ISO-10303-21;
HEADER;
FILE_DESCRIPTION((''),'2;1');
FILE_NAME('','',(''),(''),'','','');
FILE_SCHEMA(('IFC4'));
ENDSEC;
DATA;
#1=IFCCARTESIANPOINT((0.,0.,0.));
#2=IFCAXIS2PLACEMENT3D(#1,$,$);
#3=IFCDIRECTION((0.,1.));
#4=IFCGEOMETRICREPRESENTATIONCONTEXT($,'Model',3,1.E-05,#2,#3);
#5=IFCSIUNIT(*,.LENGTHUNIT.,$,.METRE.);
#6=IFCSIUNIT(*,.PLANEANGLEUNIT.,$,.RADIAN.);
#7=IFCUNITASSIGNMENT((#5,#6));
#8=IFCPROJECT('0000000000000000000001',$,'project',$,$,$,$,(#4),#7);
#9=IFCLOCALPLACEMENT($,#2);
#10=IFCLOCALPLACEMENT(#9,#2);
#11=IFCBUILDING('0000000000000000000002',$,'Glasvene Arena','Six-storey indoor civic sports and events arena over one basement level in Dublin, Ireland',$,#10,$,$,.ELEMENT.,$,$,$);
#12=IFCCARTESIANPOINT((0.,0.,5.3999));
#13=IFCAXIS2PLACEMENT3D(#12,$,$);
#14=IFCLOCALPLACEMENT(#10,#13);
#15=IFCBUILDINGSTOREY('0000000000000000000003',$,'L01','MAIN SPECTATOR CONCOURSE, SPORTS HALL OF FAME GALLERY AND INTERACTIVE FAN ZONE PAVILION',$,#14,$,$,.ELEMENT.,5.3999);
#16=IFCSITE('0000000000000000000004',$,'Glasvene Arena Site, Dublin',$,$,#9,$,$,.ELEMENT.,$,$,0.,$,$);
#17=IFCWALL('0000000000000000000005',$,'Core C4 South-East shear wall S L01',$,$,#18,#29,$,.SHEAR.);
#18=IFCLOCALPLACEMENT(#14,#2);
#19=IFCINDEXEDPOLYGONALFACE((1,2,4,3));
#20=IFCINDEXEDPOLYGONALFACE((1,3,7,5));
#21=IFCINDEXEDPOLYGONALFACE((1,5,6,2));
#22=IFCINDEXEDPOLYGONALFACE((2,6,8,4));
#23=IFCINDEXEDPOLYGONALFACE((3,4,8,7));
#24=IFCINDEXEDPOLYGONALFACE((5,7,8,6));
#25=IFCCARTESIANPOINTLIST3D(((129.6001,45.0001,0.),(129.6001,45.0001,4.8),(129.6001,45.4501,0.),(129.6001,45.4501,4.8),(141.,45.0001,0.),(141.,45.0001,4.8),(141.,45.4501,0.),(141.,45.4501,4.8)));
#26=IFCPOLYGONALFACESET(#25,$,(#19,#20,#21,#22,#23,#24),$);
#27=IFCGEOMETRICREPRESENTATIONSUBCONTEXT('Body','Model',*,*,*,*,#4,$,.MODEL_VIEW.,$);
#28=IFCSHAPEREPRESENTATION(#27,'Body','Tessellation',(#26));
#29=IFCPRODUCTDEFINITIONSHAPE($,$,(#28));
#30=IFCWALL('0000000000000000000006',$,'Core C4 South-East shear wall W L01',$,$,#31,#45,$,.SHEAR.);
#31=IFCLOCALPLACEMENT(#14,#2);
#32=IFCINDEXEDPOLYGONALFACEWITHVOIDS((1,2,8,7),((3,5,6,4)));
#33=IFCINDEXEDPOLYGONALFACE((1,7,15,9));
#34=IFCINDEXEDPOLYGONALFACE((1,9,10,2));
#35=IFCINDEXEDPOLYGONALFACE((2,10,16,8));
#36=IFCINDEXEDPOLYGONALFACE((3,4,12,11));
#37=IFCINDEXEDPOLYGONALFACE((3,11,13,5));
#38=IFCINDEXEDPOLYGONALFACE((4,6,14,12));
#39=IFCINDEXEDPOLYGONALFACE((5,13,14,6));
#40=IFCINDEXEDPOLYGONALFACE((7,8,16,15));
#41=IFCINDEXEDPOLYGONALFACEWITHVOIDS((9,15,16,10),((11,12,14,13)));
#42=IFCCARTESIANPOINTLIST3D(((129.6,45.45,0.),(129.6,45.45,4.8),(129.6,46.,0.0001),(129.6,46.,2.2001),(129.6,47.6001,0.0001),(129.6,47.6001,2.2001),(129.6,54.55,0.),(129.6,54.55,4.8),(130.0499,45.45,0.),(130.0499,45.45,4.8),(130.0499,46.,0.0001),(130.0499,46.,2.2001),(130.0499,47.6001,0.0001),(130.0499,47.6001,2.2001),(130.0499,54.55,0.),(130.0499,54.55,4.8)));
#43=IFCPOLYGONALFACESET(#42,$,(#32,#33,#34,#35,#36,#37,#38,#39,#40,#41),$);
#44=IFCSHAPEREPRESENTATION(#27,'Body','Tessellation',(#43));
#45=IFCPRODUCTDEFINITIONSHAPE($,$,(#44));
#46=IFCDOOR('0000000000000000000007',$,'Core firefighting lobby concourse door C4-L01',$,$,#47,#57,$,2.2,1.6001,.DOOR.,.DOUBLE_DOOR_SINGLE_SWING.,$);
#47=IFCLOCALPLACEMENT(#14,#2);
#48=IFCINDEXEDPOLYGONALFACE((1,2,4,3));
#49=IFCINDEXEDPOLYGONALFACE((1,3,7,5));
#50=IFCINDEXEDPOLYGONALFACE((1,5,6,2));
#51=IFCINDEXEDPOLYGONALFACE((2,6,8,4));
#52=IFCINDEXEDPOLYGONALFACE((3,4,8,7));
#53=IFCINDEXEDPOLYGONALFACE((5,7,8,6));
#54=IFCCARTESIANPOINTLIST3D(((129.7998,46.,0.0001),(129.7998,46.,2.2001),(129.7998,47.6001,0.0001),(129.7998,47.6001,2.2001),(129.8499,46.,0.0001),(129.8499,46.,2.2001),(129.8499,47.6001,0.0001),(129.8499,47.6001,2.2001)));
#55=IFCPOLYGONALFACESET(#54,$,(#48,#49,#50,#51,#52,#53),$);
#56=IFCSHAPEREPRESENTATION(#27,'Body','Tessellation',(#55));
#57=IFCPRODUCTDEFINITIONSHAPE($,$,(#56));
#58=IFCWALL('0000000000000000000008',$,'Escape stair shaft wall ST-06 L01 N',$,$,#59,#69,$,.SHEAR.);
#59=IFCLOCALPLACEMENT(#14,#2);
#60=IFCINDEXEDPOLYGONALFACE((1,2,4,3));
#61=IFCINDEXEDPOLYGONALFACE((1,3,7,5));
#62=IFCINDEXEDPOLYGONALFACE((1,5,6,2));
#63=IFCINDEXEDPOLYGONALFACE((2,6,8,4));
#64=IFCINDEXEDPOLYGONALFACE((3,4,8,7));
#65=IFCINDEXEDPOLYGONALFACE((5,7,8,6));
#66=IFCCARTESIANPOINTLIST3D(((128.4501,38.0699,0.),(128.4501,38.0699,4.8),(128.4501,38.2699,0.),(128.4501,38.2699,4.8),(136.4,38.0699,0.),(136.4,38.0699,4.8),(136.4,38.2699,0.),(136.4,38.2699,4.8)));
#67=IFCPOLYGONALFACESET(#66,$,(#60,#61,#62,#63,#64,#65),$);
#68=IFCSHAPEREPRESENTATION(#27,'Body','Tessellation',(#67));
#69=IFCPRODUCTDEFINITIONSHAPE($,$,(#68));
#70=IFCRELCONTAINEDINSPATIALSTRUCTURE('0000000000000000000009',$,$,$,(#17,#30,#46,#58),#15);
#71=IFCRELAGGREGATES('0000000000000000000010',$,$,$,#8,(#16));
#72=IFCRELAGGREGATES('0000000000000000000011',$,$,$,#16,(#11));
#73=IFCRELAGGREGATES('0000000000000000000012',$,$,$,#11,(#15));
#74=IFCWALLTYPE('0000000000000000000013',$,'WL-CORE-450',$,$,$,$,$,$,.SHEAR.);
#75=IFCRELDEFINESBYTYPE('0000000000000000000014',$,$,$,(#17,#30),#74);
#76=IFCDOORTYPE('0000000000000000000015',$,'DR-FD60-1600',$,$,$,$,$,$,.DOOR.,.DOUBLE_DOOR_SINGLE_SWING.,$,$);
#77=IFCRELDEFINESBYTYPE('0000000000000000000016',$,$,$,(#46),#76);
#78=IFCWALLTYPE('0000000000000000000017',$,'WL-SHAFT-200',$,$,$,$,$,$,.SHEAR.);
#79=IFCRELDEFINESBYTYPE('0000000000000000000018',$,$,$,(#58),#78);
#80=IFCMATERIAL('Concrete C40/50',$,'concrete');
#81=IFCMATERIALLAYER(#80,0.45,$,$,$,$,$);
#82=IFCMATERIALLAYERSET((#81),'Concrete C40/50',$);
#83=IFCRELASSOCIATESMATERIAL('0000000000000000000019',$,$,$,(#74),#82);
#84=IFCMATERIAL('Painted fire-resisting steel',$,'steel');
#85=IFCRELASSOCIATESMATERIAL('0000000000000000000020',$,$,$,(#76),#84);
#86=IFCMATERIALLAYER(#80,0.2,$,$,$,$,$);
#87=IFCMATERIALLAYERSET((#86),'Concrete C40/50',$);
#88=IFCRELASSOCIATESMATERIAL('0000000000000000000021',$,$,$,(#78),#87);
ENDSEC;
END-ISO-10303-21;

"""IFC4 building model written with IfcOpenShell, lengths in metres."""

from ifc_helpers import new_model, si_unit, direction, frame, frame_2d, origin, place, context, subcontext, project, spatial, rectangle, extrude, material, layer, layer_set, type_object, element, fill, save


model = new_model("IFC4")

# Units and contexts
model_context = context("Model", 3, precision=1e-05, world=origin(), true_north=direction((0.0, 1.0)))
body_context = subcontext(model_context, "Body", "Model", "MODEL_VIEW")
ifc_project = project(units=[si_unit("LENGTHUNIT", "METRE"), si_unit("PLANEANGLEUNIT", "RADIAN")], contexts=[model_context])

# Site, building, storey
site_placement = place(None, origin())
site = spatial("IfcSite", under=ifc_project, at=site_placement, Name="Glasvene Arena Site, Dublin", CompositionType="ELEMENT", RefElevation=0.0)
building_placement = place(site_placement, origin())
building = spatial("IfcBuilding", under=site, at=building_placement, Name="Glasvene Arena", Description="Six-storey indoor civic sports and events arena over one basement level in Dublin, Ireland", CompositionType="ELEMENT")
storey_placement = place(building_placement, frame((0.0, 0.0, 5.3999)))
storey = spatial("IfcBuildingStorey", under=building, at=storey_placement, Name="L01", Description="MAIN SPECTATOR CONCOURSE, SPORTS HALL OF FAME GALLERY AND INTERACTIVE FAN ZONE PAVILION", CompositionType="ELEMENT", Elevation=5.3999)

# Shared definitions
ifc_material_1 = material(Name="Concrete C40/50", Category="concrete")

# Wall
ifc_layer_1 = layer(ifc_material_1, 0.45)
ifc_layer_set_1 = layer_set([ifc_layer_1], Name="Concrete C40/50")
wall_type_1 = type_object("IfcWallType", Name="WL-CORE-450", PredefinedType="SHEAR", material=ifc_layer_set_1)
wall_1_placement = place(storey_placement, frame((129.6001, 45.2251, 0.0), z_axis=(0.0, 0.0, 1.0), x_axis=(1.0, 0.0, 0.0)))
element("IfcWall", 1, at=wall_1_placement, inside=storey, type_object=wall_type_1, Name="Core C4 South-East shear wall S L01", PredefinedType="SHEAR", context=body_context, shape_type="SweptSolid", body=[
    extrude(rectangle(XDim=11.3999, YDim=0.45, at=frame_2d((5.7, 0.0))), origin(), (0.0, 0.0, 1.0), 4.8),
])

# Wall, opening, door
wall_2_placement = place(storey_placement, frame((129.825, 45.45, 0.0), z_axis=(0.0, 0.0, 1.0), x_axis=(0.0, 1.0, 0.0)))
wall_2 = element("IfcWall", 2, at=wall_2_placement, inside=storey, type_object=wall_type_1, Name="Core C4 South-East shear wall W L01", PredefinedType="SHEAR", context=body_context, shape_type="SweptSolid", body=[
    extrude(rectangle(XDim=9.1001, YDim=0.45, at=frame_2d((4.55, 0.0))), origin(), (0.0, 0.0, 1.0), 4.8),
])
opening_placement = place(wall_2_placement, frame((0.55, 0.0, 0.0)))
opening = element("IfcOpeningElement", 3, at=opening_placement, cuts=wall_2, PredefinedType="OPENING", context=body_context, shape_type="SweptSolid", body=[
    extrude(rectangle(XDim=1.6001, YDim=2.2, at=frame_2d((0.8, 1.1001))), frame((0.0, 0.2349, 0.0), z_axis=(0.0, -1.0, 0.0), x_axis=(1.0, 0.0, 0.0)), (0.0, 0.0, 1.0), 0.47),
])
ifc_material_2 = material(Name="Painted fire-resisting steel", Category="steel")
door_type = type_object("IfcDoorType", Name="DR-FD60-1600", OperationType="DOUBLE_DOOR_SINGLE_SWING", PredefinedType="DOOR", material=ifc_material_2)
door_placement = place(opening_placement, frame((1.6001, 0.0, 0.0), z_axis=(0.0, 0.0, 1.0), x_axis=(-1.0, 0.0, 0.0)))
door = element("IfcDoor", 4, at=door_placement, inside=storey, type_object=door_type, Name="Core firefighting lobby concourse door C4-L01", OperationType="DOUBLE_DOOR_SINGLE_SWING", OverallHeight=2.2, OverallWidth=1.6001, PredefinedType="DOOR", context=body_context, shape_type="SweptSolid", body=[
    extrude(rectangle(XDim=1.6001, YDim=2.2, at=frame_2d((0.8, 1.1001))), frame((0.0, 0.0249, 0.0), z_axis=(0.0, -1.0, 0.0), x_axis=(1.0, 0.0, 0.0)), (0.0, 0.0, 1.0), 0.05),
])
fill(opening, door)

# Wall
ifc_layer_2 = layer(ifc_material_1, 0.2)
ifc_layer_set_2 = layer_set([ifc_layer_2], Name="Concrete C40/50")
wall_type_2 = type_object("IfcWallType", Name="WL-SHAFT-200", PredefinedType="SHEAR", material=ifc_layer_set_2)
wall_3_placement = place(storey_placement, frame((128.45, 38.1699, 0.0), z_axis=(0.0, 0.0, 1.0), x_axis=(1.0, 0.0, 0.0)))
element("IfcWall", 5, at=wall_3_placement, inside=storey, type_object=wall_type_2, Name="Escape stair shaft wall ST-06 L01 N", PredefinedType="SHEAR", context=body_context, shape_type="SweptSolid", body=[
    extrude(rectangle(XDim=7.95, YDim=0.2, at=frame_2d((3.9751, 0.0))), origin(), (0.0, 0.0, 1.0), 4.8),
])

save(model, "model.ifc")
